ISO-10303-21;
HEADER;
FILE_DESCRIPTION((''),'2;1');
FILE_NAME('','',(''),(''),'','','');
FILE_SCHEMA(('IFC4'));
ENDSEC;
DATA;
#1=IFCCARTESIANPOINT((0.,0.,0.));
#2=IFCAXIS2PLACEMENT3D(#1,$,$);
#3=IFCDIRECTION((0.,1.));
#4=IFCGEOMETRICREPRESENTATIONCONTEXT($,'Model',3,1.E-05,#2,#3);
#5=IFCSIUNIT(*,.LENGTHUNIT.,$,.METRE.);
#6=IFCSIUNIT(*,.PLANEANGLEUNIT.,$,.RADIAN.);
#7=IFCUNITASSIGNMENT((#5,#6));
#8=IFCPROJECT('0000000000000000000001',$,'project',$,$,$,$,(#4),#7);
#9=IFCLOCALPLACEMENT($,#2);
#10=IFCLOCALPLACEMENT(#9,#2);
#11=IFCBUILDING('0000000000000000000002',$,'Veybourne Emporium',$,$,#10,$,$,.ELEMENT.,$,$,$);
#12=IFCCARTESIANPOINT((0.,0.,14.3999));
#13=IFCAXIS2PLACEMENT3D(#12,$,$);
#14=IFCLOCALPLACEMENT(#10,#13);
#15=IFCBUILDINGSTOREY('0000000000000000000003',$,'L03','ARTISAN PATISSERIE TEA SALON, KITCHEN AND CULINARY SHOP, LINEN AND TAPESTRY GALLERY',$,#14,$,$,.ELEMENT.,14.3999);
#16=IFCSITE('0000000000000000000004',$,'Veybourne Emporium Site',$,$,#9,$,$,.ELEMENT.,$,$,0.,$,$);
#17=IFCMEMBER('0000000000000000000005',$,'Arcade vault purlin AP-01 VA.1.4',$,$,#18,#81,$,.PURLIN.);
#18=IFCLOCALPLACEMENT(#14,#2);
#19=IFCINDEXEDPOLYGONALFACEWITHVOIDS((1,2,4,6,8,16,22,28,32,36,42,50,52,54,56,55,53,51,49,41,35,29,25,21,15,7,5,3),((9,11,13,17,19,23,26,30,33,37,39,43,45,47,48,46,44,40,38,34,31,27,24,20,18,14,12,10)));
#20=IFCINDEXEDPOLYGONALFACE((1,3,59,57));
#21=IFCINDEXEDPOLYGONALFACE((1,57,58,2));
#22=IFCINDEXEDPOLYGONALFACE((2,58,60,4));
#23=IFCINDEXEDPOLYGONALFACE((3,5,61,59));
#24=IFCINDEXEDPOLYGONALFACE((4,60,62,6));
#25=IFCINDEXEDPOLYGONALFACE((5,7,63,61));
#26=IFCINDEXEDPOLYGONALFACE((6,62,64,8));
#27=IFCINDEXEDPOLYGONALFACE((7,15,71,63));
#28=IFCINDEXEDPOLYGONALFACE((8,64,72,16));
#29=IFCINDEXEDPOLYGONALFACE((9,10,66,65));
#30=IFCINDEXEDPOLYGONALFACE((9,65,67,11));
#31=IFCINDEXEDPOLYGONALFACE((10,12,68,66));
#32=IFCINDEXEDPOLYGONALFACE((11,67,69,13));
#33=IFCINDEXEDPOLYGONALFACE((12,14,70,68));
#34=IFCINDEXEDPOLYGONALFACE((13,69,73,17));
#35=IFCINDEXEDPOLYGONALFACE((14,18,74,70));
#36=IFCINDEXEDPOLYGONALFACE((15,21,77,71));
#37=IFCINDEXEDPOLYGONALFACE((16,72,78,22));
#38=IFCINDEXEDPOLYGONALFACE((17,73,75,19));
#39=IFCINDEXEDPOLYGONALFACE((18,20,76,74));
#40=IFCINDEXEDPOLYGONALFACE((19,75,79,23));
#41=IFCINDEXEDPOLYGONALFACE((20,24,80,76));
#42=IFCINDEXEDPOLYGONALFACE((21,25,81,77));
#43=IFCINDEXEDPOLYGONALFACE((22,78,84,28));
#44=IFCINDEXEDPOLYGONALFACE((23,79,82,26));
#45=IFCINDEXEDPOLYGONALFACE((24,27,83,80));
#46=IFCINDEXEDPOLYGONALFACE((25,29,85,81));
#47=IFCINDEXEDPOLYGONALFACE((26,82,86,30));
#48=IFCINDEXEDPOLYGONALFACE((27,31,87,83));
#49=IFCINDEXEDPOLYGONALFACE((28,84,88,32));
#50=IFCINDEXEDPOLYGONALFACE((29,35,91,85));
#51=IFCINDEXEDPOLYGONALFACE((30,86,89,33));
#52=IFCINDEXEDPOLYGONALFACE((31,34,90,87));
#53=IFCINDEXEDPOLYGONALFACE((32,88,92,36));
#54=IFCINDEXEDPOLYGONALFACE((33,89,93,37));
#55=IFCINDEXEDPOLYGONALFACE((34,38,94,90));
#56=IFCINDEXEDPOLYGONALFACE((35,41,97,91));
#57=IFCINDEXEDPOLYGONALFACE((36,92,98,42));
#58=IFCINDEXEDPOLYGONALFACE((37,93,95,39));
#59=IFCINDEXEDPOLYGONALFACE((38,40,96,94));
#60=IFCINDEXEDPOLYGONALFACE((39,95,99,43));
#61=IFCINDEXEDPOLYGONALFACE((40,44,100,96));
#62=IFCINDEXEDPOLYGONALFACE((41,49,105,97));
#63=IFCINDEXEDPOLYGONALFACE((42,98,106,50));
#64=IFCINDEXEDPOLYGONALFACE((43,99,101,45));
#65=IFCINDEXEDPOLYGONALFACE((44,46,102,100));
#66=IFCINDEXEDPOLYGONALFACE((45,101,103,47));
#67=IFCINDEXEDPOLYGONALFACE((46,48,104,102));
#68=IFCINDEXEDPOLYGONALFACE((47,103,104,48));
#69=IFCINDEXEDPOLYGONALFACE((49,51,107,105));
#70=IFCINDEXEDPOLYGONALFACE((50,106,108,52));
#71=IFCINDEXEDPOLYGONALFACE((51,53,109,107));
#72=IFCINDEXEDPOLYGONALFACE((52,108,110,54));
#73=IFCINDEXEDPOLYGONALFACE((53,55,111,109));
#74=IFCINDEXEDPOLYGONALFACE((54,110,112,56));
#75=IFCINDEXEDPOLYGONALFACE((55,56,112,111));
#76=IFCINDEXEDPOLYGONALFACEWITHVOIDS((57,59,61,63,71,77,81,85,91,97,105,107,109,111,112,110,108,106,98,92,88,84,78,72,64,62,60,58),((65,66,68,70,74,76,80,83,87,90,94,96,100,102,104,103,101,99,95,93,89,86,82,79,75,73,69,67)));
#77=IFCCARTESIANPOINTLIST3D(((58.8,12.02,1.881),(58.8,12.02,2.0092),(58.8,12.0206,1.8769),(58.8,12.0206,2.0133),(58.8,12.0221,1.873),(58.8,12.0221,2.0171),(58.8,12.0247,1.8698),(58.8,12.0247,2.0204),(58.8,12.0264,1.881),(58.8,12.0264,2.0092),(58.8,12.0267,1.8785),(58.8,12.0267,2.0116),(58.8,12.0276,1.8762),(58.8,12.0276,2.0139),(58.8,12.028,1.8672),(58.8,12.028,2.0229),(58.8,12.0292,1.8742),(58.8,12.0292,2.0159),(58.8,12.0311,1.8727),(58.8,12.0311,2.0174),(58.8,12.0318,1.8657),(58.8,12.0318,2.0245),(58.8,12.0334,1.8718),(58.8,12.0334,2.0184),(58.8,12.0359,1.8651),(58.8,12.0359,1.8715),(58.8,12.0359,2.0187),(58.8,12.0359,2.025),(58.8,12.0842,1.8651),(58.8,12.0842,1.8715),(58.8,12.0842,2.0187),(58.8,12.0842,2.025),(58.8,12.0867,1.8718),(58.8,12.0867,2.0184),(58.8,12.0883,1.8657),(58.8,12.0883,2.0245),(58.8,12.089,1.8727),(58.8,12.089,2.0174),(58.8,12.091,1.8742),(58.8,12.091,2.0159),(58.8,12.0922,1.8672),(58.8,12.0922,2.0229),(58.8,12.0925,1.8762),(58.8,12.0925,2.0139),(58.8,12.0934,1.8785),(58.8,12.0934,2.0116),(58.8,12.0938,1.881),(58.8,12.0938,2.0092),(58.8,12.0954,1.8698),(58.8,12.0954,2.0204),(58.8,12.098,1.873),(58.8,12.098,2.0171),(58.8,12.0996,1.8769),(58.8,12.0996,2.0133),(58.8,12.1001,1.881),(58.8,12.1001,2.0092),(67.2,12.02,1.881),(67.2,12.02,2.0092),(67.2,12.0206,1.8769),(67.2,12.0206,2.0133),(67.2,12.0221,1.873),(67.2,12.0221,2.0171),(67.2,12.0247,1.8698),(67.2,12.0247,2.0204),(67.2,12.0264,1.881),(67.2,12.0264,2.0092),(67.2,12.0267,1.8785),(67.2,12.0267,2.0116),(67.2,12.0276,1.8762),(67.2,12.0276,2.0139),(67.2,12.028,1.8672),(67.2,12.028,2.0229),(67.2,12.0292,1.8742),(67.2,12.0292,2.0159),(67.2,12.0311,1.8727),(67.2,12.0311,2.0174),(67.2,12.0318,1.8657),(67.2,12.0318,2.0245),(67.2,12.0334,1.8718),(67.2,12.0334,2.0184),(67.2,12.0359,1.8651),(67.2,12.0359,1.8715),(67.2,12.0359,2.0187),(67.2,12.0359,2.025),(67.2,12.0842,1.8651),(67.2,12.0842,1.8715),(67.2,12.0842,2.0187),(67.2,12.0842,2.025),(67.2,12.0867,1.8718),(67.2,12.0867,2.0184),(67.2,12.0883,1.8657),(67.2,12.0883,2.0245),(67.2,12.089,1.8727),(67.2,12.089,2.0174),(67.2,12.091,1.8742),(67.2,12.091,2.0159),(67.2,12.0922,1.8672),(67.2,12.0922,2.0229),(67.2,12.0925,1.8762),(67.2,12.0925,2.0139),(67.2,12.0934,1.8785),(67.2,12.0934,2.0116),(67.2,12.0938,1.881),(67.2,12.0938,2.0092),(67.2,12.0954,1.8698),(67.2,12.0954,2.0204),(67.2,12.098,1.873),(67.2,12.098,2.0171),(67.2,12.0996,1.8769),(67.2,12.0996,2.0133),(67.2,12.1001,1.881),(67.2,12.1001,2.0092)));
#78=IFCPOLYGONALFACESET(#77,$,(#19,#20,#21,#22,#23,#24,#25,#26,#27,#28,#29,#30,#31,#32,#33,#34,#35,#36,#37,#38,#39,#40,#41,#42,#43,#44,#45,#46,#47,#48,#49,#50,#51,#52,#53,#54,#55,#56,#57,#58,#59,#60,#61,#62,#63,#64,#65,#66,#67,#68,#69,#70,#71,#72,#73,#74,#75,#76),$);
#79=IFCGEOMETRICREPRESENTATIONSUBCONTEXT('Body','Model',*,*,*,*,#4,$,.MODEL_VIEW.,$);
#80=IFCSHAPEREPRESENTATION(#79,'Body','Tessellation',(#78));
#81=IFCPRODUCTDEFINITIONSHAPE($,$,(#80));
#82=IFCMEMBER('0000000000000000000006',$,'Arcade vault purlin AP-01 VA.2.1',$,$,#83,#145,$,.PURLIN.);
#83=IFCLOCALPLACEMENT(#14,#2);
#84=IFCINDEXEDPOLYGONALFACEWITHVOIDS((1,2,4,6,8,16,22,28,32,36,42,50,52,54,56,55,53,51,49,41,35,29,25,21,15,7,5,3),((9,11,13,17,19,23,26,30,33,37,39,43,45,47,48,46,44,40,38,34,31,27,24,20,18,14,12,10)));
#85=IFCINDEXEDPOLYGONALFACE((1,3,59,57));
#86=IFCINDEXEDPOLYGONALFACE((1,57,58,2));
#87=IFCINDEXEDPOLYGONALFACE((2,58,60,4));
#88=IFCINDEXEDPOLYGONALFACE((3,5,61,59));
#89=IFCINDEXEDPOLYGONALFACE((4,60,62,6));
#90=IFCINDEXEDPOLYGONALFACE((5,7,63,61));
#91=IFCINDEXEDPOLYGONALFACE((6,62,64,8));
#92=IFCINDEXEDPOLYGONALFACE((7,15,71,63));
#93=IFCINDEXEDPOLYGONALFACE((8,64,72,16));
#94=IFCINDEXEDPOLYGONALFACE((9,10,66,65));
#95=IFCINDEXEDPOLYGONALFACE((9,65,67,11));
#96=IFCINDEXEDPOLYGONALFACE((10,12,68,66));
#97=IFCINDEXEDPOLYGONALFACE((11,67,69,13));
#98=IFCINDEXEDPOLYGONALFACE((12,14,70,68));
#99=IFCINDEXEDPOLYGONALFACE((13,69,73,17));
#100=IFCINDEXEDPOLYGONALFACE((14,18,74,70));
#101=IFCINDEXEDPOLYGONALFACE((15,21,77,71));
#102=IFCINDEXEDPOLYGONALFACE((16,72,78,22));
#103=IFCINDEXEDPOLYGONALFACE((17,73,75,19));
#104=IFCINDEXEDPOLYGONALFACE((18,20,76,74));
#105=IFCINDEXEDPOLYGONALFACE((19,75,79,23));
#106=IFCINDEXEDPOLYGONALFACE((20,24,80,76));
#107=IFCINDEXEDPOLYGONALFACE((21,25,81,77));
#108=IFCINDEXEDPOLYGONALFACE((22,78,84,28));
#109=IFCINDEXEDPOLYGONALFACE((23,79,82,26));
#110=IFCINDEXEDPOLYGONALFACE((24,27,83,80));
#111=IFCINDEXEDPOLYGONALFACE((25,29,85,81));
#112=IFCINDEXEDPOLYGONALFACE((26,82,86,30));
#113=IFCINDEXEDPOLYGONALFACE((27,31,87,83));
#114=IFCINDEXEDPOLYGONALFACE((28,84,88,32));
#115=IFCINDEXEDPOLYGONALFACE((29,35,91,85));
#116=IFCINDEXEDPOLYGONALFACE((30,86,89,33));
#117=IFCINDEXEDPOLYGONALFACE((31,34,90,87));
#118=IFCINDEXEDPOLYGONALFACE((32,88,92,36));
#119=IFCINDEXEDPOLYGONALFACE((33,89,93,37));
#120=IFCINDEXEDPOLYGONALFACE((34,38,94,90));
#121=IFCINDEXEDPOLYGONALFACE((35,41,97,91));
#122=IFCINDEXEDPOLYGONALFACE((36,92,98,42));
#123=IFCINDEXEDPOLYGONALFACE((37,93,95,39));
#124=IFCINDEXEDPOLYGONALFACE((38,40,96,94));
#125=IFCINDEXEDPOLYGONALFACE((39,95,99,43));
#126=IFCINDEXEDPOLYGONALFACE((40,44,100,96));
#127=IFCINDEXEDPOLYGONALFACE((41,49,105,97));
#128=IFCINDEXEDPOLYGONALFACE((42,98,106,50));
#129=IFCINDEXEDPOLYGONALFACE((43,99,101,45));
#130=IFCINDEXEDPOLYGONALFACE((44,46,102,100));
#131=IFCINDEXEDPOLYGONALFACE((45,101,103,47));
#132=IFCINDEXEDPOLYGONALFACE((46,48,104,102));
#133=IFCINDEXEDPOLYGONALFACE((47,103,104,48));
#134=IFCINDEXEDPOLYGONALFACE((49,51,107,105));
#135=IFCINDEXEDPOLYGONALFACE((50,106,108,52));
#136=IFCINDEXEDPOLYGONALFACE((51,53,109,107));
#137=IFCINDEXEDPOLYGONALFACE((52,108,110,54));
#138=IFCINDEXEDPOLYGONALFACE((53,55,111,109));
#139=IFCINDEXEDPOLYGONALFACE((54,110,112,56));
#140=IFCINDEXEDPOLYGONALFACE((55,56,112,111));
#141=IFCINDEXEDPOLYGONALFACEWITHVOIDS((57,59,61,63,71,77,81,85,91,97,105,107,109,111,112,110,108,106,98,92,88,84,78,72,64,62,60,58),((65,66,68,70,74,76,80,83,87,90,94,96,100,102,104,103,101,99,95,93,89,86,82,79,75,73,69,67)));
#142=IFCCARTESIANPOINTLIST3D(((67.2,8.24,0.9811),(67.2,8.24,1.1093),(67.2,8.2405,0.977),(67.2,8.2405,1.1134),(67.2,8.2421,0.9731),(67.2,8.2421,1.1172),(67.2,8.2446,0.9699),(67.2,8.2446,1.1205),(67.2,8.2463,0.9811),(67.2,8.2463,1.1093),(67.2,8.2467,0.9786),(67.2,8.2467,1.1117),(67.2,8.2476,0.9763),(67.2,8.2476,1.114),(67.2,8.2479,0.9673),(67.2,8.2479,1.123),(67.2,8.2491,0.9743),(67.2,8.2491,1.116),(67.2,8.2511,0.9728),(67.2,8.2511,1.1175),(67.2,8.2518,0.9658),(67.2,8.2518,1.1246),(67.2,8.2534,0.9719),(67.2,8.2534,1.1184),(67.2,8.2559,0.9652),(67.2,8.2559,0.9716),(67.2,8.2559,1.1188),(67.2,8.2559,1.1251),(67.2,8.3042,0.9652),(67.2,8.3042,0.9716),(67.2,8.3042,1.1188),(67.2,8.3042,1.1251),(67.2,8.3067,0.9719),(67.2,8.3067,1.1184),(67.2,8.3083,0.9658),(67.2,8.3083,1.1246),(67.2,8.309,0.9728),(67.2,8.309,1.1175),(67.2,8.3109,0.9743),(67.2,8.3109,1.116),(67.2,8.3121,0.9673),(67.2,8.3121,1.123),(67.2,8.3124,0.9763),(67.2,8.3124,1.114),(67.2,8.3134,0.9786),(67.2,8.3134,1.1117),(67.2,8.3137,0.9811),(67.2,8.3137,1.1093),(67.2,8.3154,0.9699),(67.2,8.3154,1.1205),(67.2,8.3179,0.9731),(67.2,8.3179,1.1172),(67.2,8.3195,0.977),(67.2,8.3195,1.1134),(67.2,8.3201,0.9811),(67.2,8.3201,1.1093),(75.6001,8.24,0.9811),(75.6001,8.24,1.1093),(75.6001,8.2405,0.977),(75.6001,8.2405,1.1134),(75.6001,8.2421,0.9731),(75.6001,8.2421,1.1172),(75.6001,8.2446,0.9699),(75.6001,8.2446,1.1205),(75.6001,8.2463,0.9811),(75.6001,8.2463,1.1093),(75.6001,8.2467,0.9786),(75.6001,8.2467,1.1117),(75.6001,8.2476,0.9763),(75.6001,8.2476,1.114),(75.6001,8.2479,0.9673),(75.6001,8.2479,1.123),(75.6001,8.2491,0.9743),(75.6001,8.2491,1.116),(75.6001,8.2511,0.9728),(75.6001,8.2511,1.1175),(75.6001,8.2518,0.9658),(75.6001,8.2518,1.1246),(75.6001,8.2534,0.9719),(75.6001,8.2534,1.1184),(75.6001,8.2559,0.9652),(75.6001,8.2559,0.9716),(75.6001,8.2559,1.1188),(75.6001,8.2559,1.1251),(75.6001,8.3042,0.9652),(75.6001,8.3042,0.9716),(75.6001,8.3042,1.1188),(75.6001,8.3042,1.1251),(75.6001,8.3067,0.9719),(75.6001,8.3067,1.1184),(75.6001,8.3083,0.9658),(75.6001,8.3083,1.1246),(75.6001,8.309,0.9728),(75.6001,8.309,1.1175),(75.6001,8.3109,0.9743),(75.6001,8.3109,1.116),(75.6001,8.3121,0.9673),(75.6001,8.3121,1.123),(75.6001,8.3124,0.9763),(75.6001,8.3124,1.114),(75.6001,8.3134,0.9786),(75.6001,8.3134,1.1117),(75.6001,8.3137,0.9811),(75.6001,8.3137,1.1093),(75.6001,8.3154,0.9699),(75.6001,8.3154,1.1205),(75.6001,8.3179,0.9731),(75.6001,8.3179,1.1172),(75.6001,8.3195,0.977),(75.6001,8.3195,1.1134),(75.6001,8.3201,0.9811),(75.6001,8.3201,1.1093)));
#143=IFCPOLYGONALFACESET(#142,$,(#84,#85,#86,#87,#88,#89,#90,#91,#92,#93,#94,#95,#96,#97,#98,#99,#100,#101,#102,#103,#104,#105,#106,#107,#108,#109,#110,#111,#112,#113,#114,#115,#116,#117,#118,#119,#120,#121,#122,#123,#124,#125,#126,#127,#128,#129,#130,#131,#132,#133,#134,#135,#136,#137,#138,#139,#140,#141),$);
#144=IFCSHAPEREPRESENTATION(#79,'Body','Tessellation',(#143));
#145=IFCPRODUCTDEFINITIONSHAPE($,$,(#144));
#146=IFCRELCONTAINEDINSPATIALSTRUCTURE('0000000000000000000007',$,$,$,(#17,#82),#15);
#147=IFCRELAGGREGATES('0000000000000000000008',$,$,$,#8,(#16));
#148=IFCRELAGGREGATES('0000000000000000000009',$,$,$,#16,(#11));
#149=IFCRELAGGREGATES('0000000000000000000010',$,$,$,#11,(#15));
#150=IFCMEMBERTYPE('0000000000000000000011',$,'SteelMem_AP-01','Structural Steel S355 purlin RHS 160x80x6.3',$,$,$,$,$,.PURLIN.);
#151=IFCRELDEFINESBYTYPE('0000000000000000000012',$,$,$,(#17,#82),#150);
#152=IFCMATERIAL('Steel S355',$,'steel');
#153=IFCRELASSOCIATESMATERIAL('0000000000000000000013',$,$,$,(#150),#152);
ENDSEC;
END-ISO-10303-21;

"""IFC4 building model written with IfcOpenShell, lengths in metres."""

from ifc_helpers import new_model, si_unit, direction, frame, origin, origin_2d, place, context, subcontext, project, spatial, hollow_rectangle, extrude, material, material_profile, profile_set, type_object, element, save


model = new_model("IFC4")

# Units and contexts
model_context = context("Model", 3, precision=1e-05, world=origin(), true_north=direction((0.0, 1.0)))
body_context = subcontext(model_context, "Body", "Model", "MODEL_VIEW")
ifc_project = project(units=[si_unit("LENGTHUNIT", "METRE"), si_unit("PLANEANGLEUNIT", "RADIAN")], contexts=[model_context])

# Site, building, storey
site_placement = place(None, origin())
site = spatial("IfcSite", under=ifc_project, at=site_placement, Name="Veybourne Emporium Site", CompositionType="ELEMENT", RefElevation=0.0)
building_placement = place(site_placement, origin())
building = spatial("IfcBuilding", under=site, at=building_placement, Name="Veybourne Emporium", CompositionType="ELEMENT")
storey_placement = place(building_placement, frame((0.0, 0.0, 14.3999)))
storey = spatial("IfcBuildingStorey", under=building, at=storey_placement, Name="L03", Description="ARTISAN PATISSERIE TEA SALON, KITCHEN AND CULINARY SHOP, LINEN AND TAPESTRY GALLERY", CompositionType="ELEMENT", Elevation=14.3999)

# Shared definitions
ifc_material_1 = material(Name="Steel S355", Category="steel")

# Members
ifc_material_profile_1 = material_profile(ifc_material_1, hollow_rectangle(XDim=0.0801, YDim=0.1599, WallThickness=0.0063, InnerFilletRadius=0.0095, OuterFilletRadius=0.0159, at=origin_2d()), Name="RHS 160x80x6.3")
ifc_profile_set_1 = profile_set([ifc_material_profile_1], Name="Steel S355")
member_type_1 = type_object("IfcMemberType", Name="SteelMem_AP-01", Description="Structural Steel S355 purlin RHS 160x80x6.3", PredefinedType="PURLIN", material=ifc_profile_set_1)
for number, where, z_axis, x_axis, name in (
    (1, (58.8, 12.0601, 1.9451), (1.0, 0.0, 0.0), (0.0, 1.0, 0.0), "Arcade vault purlin AP-01 VA.1.4"),
):
    element("IfcMember", number, at=place(storey_placement, frame(where, z_axis=z_axis, x_axis=x_axis)), inside=storey, type_object=member_type_1, Name=name, PredefinedType="PURLIN", context=body_context, shape_type="SweptSolid", body=[
        extrude(hollow_rectangle(XDim=0.0801, YDim=0.1599, WallThickness=0.0063, InnerFilletRadius=0.0095, OuterFilletRadius=0.0159, at=origin_2d()), origin(), (0.0, 0.0, 1.0), 8.3999),
    ])
for number, where, z_axis, x_axis, name in (
    (2, (67.2, 8.28, 1.0452), (1.0, 0.0, 0.0), (0.0, 1.0, 0.0), "Arcade vault purlin AP-01 VA.2.1"),
):
    element("IfcMember", number, at=place(storey_placement, frame(where, z_axis=z_axis, x_axis=x_axis)), inside=storey, type_object=member_type_1, Name=name, PredefinedType="PURLIN", context=body_context, shape_type="SweptSolid", body=[
        extrude(hollow_rectangle(XDim=0.0801, YDim=0.1599, WallThickness=0.0063, InnerFilletRadius=0.0095, OuterFilletRadius=0.0159, at=origin_2d()), origin(), (0.0, 0.0, 1.0), 8.4001),
    ])

save(model, "model.ifc")
